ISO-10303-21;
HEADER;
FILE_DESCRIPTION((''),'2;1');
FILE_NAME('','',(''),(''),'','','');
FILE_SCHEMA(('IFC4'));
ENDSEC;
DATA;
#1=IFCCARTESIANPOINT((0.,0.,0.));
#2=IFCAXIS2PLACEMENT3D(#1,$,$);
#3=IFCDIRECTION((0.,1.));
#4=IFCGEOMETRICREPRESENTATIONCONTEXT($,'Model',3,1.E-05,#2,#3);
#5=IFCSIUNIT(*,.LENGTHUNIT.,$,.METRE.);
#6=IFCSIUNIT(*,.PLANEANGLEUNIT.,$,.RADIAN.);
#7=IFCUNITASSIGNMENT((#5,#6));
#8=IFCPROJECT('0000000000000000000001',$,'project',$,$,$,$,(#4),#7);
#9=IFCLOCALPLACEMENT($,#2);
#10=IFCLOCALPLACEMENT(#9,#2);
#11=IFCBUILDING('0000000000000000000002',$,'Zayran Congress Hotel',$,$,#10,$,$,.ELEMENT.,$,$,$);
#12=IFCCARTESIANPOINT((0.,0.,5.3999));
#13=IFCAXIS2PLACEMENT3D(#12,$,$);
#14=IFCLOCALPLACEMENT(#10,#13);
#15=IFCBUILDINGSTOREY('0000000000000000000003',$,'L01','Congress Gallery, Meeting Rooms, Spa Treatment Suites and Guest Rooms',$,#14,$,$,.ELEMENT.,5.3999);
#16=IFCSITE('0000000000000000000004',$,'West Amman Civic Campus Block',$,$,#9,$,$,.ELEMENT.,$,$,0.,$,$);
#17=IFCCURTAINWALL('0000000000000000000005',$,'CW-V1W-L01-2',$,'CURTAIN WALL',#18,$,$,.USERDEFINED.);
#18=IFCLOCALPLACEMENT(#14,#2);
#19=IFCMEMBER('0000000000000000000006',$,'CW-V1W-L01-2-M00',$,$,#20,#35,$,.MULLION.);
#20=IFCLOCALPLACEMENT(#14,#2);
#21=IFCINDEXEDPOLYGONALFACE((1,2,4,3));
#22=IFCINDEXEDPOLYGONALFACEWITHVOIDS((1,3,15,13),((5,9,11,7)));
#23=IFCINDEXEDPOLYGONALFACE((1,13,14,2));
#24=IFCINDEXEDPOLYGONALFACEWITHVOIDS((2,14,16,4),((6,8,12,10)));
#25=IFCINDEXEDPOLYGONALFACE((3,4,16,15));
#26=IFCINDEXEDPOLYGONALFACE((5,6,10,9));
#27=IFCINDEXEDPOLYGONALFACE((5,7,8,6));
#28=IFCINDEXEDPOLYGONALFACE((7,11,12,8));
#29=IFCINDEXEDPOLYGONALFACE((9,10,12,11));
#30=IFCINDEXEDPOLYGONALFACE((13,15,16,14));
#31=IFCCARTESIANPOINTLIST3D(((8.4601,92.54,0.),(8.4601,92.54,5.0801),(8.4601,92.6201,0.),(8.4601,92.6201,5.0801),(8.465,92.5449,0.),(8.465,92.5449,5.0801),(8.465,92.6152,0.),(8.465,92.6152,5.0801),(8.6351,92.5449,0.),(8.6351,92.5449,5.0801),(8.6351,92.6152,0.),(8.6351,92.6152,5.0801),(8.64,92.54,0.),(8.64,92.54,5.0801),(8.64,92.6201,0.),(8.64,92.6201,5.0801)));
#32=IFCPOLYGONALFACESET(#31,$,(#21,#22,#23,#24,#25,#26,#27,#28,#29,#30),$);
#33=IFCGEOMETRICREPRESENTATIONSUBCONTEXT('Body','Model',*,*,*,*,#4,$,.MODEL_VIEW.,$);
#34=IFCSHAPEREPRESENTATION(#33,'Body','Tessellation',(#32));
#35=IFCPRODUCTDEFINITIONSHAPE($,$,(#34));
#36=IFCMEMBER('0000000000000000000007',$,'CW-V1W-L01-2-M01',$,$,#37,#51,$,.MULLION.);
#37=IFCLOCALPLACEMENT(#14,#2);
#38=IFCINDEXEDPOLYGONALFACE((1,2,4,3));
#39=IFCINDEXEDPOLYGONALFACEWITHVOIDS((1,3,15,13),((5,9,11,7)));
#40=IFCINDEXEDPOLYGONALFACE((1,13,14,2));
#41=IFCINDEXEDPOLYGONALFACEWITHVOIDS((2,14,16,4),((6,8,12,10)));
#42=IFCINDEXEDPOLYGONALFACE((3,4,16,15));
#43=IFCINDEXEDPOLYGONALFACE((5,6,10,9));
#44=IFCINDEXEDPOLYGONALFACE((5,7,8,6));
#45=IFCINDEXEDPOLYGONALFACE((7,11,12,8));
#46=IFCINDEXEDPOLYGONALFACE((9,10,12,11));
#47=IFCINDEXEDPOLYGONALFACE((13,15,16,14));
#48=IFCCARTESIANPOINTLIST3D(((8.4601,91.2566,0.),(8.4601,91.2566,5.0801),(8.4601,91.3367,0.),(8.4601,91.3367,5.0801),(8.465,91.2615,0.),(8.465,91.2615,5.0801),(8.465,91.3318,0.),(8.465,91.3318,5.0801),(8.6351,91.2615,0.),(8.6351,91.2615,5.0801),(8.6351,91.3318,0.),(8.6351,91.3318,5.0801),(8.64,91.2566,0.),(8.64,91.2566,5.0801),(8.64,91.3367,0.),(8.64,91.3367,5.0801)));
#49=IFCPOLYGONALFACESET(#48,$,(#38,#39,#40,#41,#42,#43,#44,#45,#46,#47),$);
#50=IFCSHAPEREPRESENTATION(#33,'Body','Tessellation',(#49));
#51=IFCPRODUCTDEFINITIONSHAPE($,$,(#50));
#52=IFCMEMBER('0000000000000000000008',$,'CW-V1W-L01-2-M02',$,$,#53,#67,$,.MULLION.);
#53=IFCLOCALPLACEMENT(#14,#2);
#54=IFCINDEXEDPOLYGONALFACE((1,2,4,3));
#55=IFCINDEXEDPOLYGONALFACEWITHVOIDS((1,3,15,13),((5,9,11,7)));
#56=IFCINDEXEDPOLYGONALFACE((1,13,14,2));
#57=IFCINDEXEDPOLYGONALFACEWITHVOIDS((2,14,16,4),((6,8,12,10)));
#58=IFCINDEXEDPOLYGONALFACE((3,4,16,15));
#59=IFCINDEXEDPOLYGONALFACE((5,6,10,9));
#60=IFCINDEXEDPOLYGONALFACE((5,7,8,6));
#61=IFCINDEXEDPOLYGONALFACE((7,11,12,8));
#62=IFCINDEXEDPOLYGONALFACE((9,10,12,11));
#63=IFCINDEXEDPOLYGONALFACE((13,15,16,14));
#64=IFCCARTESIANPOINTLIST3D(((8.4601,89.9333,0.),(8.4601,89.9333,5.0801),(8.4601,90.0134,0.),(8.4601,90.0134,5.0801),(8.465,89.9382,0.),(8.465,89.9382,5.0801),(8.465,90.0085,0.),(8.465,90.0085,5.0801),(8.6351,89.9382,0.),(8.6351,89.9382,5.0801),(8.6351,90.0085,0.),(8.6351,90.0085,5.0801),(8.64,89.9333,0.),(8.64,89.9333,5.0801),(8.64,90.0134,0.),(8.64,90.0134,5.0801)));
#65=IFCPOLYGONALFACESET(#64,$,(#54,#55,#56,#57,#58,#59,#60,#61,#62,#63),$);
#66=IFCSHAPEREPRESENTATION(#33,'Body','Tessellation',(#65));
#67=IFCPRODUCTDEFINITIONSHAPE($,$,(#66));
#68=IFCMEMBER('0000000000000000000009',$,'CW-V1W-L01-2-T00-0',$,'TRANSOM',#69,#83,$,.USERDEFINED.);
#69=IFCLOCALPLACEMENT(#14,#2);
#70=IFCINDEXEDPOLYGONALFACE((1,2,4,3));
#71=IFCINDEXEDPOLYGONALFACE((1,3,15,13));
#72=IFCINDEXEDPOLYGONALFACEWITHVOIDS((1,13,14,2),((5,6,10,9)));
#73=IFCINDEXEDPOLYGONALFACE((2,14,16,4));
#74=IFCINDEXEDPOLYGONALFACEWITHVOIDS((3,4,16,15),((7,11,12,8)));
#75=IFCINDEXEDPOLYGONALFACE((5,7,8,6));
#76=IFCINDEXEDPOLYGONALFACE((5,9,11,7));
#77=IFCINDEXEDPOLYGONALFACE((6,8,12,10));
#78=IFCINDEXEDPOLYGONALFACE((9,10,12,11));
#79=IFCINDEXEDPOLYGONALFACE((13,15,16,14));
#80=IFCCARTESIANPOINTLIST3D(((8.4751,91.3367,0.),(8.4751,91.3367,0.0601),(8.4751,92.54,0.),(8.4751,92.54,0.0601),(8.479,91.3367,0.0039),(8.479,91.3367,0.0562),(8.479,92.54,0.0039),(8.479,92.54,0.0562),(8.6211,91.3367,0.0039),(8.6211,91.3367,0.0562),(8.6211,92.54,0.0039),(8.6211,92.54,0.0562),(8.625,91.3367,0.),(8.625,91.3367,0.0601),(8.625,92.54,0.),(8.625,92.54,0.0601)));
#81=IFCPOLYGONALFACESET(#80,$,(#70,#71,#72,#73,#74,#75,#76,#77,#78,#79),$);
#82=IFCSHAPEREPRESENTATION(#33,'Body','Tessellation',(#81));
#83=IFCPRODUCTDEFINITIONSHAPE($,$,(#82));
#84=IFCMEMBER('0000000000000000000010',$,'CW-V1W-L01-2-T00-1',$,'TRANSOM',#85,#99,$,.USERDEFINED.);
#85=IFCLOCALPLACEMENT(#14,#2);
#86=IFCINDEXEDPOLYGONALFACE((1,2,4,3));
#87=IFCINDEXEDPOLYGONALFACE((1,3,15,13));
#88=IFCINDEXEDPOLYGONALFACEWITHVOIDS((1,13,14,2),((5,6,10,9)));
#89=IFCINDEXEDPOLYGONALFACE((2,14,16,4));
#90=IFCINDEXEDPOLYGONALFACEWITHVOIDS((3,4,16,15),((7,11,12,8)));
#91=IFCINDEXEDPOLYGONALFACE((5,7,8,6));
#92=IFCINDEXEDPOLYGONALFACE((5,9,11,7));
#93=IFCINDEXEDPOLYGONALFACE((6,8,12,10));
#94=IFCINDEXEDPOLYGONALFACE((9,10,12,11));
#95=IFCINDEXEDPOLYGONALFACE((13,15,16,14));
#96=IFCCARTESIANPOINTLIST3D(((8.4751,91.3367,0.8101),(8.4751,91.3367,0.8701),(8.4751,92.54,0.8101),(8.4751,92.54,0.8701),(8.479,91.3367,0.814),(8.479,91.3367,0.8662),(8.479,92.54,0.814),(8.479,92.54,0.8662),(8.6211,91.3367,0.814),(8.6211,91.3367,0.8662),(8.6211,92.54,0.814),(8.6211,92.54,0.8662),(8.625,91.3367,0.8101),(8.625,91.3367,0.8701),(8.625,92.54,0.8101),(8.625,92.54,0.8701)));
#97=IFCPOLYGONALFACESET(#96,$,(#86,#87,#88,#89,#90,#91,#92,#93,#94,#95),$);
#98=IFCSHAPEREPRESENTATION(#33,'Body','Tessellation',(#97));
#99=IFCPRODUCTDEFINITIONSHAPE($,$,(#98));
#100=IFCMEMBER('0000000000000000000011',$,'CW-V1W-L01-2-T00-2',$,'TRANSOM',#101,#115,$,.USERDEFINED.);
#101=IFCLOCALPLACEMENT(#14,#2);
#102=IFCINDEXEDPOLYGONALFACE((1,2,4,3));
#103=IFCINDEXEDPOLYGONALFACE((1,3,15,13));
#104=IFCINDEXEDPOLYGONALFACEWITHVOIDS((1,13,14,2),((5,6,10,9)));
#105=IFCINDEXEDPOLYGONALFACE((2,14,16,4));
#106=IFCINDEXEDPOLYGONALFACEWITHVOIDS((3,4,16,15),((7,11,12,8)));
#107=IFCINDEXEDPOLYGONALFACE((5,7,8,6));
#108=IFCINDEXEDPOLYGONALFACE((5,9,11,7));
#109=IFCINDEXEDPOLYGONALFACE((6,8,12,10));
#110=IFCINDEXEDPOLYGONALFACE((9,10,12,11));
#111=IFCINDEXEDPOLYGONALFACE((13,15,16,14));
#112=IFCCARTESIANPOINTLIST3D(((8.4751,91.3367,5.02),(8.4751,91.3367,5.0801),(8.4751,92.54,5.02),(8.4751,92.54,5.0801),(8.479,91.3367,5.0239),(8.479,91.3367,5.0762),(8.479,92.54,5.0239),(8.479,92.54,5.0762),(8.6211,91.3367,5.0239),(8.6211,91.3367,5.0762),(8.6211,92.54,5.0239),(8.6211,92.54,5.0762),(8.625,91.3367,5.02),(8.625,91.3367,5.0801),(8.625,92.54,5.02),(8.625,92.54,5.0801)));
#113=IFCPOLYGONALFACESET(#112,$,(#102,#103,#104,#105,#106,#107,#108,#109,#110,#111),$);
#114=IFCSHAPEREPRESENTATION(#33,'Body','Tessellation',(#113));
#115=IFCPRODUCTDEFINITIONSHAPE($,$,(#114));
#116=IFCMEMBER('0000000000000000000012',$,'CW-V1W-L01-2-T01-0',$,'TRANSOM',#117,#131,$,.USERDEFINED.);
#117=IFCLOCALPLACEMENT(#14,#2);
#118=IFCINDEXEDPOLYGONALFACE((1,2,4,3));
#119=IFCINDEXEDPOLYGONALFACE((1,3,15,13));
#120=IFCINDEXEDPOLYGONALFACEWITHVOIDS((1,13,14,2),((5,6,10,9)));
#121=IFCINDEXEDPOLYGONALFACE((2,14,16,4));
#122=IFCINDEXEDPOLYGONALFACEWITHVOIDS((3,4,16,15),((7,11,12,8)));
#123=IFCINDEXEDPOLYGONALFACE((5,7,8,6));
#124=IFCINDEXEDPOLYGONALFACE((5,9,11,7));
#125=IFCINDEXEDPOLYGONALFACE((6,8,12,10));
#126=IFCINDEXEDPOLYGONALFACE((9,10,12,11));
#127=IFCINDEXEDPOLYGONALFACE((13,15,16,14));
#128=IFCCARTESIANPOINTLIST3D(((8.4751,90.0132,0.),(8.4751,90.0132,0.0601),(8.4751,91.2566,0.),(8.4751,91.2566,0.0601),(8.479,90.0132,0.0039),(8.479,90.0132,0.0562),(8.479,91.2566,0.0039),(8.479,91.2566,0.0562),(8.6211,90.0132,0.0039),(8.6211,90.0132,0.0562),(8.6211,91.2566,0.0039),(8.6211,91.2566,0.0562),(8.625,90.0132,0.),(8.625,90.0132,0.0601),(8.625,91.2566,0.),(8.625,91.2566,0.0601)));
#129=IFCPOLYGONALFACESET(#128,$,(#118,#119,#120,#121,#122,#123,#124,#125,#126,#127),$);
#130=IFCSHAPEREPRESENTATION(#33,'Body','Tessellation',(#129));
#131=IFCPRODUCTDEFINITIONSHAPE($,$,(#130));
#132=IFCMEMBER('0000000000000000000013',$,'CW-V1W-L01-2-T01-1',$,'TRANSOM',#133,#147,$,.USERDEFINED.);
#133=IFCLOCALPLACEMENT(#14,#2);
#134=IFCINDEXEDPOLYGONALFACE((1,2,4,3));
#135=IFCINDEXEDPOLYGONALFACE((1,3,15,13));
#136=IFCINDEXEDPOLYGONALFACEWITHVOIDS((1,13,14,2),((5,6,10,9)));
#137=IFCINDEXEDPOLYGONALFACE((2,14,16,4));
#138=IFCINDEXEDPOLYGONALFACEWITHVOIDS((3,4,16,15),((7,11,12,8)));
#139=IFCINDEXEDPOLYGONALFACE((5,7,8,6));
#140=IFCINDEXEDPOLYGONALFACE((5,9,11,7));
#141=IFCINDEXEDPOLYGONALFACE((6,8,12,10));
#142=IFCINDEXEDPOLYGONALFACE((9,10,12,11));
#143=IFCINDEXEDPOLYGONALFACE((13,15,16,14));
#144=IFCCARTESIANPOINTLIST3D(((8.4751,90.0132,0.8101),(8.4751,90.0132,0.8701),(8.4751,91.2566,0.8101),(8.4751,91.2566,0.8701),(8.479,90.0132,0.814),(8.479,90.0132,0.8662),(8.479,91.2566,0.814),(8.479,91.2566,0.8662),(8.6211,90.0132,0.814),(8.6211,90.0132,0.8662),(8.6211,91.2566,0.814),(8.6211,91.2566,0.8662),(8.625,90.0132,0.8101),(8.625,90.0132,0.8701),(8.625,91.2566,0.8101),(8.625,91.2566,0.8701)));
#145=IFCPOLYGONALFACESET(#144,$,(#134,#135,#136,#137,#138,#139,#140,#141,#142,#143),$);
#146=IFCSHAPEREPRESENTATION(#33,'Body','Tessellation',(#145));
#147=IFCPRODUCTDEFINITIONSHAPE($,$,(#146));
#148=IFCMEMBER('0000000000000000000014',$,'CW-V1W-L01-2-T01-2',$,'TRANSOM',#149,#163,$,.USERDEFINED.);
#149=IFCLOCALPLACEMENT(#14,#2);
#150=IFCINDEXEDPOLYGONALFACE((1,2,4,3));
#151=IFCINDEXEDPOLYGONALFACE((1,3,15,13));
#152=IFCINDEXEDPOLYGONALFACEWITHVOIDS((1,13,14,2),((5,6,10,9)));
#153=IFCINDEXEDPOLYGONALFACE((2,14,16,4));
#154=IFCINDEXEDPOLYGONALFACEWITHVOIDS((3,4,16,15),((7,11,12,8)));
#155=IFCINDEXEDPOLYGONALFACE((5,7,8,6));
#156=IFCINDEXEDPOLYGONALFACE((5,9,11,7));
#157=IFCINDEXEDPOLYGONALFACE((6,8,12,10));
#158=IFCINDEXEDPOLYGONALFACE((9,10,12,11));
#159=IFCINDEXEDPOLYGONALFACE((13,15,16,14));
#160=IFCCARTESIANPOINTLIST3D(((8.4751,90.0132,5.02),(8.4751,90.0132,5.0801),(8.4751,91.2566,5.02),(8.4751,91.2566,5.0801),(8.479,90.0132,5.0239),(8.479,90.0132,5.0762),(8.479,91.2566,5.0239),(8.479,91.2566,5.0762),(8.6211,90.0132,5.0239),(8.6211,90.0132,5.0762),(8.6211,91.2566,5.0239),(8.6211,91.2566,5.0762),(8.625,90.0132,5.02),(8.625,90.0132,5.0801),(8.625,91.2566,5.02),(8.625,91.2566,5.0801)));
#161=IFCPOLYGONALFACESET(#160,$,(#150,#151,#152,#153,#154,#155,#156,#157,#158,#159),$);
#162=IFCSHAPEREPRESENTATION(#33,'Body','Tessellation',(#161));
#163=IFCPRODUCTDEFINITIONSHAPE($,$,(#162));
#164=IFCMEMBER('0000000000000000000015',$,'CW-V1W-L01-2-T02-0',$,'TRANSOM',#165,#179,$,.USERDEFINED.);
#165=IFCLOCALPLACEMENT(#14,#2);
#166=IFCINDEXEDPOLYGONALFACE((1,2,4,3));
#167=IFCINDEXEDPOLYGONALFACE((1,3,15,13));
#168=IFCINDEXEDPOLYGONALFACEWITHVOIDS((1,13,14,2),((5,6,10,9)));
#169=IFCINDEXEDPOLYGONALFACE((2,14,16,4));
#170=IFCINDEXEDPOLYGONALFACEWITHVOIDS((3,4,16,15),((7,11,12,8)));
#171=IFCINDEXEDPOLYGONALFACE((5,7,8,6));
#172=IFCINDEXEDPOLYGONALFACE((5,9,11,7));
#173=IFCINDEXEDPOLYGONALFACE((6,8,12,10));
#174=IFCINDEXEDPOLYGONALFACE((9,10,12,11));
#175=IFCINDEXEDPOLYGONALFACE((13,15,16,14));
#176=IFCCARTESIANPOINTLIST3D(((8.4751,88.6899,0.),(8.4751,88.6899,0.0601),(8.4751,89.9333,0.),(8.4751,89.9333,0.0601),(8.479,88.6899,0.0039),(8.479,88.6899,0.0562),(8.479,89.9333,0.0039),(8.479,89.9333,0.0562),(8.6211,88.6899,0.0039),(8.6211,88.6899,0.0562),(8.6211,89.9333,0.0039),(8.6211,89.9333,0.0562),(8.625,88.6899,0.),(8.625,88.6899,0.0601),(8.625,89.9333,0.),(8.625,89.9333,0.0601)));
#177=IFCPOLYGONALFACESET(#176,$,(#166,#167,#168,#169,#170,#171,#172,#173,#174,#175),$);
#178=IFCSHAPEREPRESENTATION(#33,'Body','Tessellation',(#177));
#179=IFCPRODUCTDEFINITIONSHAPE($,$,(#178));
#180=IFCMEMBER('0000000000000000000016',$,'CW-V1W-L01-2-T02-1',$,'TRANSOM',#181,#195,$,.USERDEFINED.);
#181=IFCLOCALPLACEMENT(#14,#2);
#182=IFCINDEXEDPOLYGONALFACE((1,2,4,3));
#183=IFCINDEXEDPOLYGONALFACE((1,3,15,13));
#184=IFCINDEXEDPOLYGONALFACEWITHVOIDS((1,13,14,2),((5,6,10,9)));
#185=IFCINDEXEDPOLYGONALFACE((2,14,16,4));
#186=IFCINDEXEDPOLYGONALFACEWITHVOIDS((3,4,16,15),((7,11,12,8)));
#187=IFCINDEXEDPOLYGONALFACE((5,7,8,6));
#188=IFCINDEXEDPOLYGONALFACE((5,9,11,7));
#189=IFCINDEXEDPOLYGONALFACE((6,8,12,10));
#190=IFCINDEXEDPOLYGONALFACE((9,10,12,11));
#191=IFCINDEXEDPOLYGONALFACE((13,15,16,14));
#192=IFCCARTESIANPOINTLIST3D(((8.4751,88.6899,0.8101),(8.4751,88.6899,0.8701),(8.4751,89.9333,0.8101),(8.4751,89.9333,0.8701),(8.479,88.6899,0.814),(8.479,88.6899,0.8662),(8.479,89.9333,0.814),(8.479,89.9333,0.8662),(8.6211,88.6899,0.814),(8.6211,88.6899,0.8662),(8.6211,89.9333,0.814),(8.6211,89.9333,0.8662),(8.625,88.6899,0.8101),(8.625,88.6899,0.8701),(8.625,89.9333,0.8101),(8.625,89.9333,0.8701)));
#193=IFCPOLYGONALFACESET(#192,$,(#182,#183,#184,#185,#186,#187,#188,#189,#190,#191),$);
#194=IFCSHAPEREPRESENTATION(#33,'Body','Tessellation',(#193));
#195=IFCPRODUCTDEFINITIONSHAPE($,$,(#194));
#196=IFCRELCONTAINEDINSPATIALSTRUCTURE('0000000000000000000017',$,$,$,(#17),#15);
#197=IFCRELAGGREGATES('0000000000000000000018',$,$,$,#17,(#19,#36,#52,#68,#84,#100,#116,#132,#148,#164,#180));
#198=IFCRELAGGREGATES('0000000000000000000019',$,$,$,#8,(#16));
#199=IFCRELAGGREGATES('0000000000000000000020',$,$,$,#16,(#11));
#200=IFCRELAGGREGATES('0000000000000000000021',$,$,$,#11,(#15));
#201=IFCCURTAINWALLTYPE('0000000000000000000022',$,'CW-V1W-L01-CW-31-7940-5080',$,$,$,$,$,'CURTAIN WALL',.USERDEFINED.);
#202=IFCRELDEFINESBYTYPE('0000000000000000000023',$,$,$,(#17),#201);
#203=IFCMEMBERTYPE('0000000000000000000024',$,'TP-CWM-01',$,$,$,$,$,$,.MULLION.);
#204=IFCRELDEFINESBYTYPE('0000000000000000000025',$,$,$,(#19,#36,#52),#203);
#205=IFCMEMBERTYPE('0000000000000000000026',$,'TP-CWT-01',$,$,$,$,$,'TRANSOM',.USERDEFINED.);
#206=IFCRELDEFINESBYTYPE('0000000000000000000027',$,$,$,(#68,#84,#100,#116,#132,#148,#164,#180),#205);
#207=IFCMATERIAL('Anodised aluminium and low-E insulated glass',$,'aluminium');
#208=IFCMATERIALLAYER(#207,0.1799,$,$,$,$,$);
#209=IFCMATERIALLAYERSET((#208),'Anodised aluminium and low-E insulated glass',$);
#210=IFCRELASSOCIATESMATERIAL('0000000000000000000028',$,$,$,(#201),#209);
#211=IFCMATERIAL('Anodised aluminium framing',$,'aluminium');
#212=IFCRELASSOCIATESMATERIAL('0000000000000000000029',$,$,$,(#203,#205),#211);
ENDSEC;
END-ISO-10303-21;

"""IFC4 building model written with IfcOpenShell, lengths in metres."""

from ifc_helpers import new_model, si_unit, direction, frame, origin, origin_2d, place, context, subcontext, project, spatial, hollow_rectangle, extrude, material, layer, layer_set, material_profile, profile_set, type_object, element, aggregate, save


model = new_model("IFC4")

# Units and contexts
model_context = context("Model", 3, precision=1e-05, world=origin(), true_north=direction((0.0, 1.0)))
body_context = subcontext(model_context, "Body", "Model", "MODEL_VIEW")
ifc_project = project(units=[si_unit("LENGTHUNIT", "METRE"), si_unit("PLANEANGLEUNIT", "RADIAN")], contexts=[model_context])

# Site, building, storey
site_placement = place(None, origin())
site = spatial("IfcSite", under=ifc_project, at=site_placement, Name="West Amman Civic Campus Block", CompositionType="ELEMENT", RefElevation=0.0)
building_placement = place(site_placement, origin())
building = spatial("IfcBuilding", under=site, at=building_placement, Name="Zayran Congress Hotel", CompositionType="ELEMENT")
storey_placement = place(building_placement, frame((0.0, 0.0, 5.3999)))
storey = spatial("IfcBuildingStorey", under=building, at=storey_placement, Name="L01", Description="Congress Gallery, Meeting Rooms, Spa Treatment Suites and Guest Rooms", CompositionType="ELEMENT", Elevation=5.3999)

# Curtain wall, members
ifc_material_1 = material(Name="Anodised aluminium and low-E insulated glass", Category="aluminium")
ifc_layer_1 = layer(ifc_material_1, 0.1799)
ifc_layer_set_1 = layer_set([ifc_layer_1], Name="Anodised aluminium and low-E insulated glass")
curtain_wall_type_1 = type_object("IfcCurtainWallType", Name="CW-V1W-L01-CW-31-7940-5080", ElementType="CURTAIN WALL", PredefinedType="USERDEFINED", material=ifc_layer_set_1)
curtain_wall_1_placement = place(storey_placement, origin())
curtain_wall_1 = element("IfcCurtainWall", 1, at=curtain_wall_1_placement, inside=storey, type_object=curtain_wall_type_1, Name="CW-V1W-L01-2", ObjectType="CURTAIN WALL", PredefinedType="USERDEFINED")
ifc_material_2 = material(Name="Anodised aluminium framing", Category="aluminium")
ifc_material_profile_1 = material_profile(ifc_material_2, hollow_rectangle(XDim=0.0801, YDim=0.1799, WallThickness=0.0049, at=origin_2d()), Name="RHS 180x80x5")
ifc_profile_set_1 = profile_set([ifc_material_profile_1], Name="Anodised aluminium framing")
member_type_1 = type_object("IfcMemberType", Name="TP-CWM-01", PredefinedType="MULLION", material=ifc_profile_set_1)
member_1_placement = place(storey_placement, frame((8.55, 92.5801, 0.0), z_axis=(0.0, 0.0, 1.0), x_axis=(0.0, 1.0, 0.0)))
member_1 = element("IfcMember", 2, at=member_1_placement, type_object=member_type_1, Name="CW-V1W-L01-2-M00", PredefinedType="MULLION", context=body_context, shape_type="SweptSolid", body=[
    extrude(hollow_rectangle(XDim=0.0801, YDim=0.1799, WallThickness=0.0049, at=origin_2d()), origin(), (0.0, 0.0, 1.0), 5.0801),
])
member_2_placement = place(storey_placement, frame((8.55, 91.2966, 0.0), z_axis=(0.0, 0.0, 1.0), x_axis=(0.0, 1.0, 0.0)))
member_2 = element("IfcMember", 3, at=member_2_placement, type_object=member_type_1, Name="CW-V1W-L01-2-M01", PredefinedType="MULLION", context=body_context, shape_type="SweptSolid", body=[
    extrude(hollow_rectangle(XDim=0.0801, YDim=0.1799, WallThickness=0.0049, at=origin_2d()), origin(), (0.0, 0.0, 1.0), 5.0801),
])
member_3_placement = place(storey_placement, frame((8.55, 89.9734, 0.0), z_axis=(0.0, 0.0, 1.0), x_axis=(0.0, 1.0, 0.0)))
member_3 = element("IfcMember", 4, at=member_3_placement, type_object=member_type_1, Name="CW-V1W-L01-2-M02", PredefinedType="MULLION", context=body_context, shape_type="SweptSolid", body=[
    extrude(hollow_rectangle(XDim=0.0801, YDim=0.1799, WallThickness=0.0049, at=origin_2d()), origin(), (0.0, 0.0, 1.0), 5.0801),
])
ifc_material_profile_2 = material_profile(ifc_material_2, hollow_rectangle(XDim=0.0601, YDim=0.1499, WallThickness=0.0039, at=origin_2d()), Name="RHS 150x60x4")
ifc_profile_set_2 = profile_set([ifc_material_profile_2], Name="Anodised aluminium framing")
member_type_2 = type_object("IfcMemberType", Name="TP-CWT-01", ElementType="TRANSOM", PredefinedType="USERDEFINED", material=ifc_profile_set_2)
member_4_placement = place(storey_placement, frame((8.55, 92.54, 0.03), z_axis=(0.0, -1.0, 0.0), x_axis=(0.0, 0.0, 1.0)))
member_4 = element("IfcMember", 5, at=member_4_placement, type_object=member_type_2, Name="CW-V1W-L01-2-T00-0", ObjectType="TRANSOM", PredefinedType="USERDEFINED", context=body_context, shape_type="SweptSolid", body=[
    extrude(hollow_rectangle(XDim=0.0601, YDim=0.1499, WallThickness=0.0039, at=origin_2d()), origin(), (0.0, 0.0, 1.0), 1.2034),
])
member_5_placement = place(storey_placement, frame((8.55, 92.54, 0.8401), z_axis=(0.0, -1.0, 0.0), x_axis=(0.0, 0.0, 1.0)))
member_5 = element("IfcMember", 6, at=member_5_placement, type_object=member_type_2, Name="CW-V1W-L01-2-T00-1", ObjectType="TRANSOM", PredefinedType="USERDEFINED", context=body_context, shape_type="SweptSolid", body=[
    extrude(hollow_rectangle(XDim=0.0601, YDim=0.1499, WallThickness=0.0039, at=origin_2d()), origin(), (0.0, 0.0, 1.0), 1.2034),
])
member_6_placement = place(storey_placement, frame((8.55, 92.54, 5.05), z_axis=(0.0, -1.0, 0.0), x_axis=(0.0, 0.0, 1.0)))
member_6 = element("IfcMember", 7, at=member_6_placement, type_object=member_type_2, Name="CW-V1W-L01-2-T00-2", ObjectType="TRANSOM", PredefinedType="USERDEFINED", context=body_context, shape_type="SweptSolid", body=[
    extrude(hollow_rectangle(XDim=0.0601, YDim=0.1499, WallThickness=0.0039, at=origin_2d()), origin(), (0.0, 0.0, 1.0), 1.2034),
])
member_7_placement = place(storey_placement, frame((8.55, 91.2566, 0.03), z_axis=(0.0, -1.0, 0.0), x_axis=(0.0, 0.0, 1.0)))
member_7 = element("IfcMember", 8, at=member_7_placement, type_object=member_type_2, Name="CW-V1W-L01-2-T01-0", ObjectType="TRANSOM", PredefinedType="USERDEFINED", context=body_context, shape_type="SweptSolid", body=[
    extrude(hollow_rectangle(XDim=0.0601, YDim=0.1499, WallThickness=0.0039, at=origin_2d()), origin(), (0.0, 0.0, 1.0), 1.2434),
])
member_8_placement = place(storey_placement, frame((8.55, 91.2566, 0.8401), z_axis=(0.0, -1.0, 0.0), x_axis=(0.0, 0.0, 1.0)))
member_8 = element("IfcMember", 9, at=member_8_placement, type_object=member_type_2, Name="CW-V1W-L01-2-T01-1", ObjectType="TRANSOM", PredefinedType="USERDEFINED", context=body_context, shape_type="SweptSolid", body=[
    extrude(hollow_rectangle(XDim=0.0601, YDim=0.1499, WallThickness=0.0039, at=origin_2d()), origin(), (0.0, 0.0, 1.0), 1.2434),
])
member_9_placement = place(storey_placement, frame((8.55, 91.2566, 5.05), z_axis=(0.0, -1.0, 0.0), x_axis=(0.0, 0.0, 1.0)))
member_9 = element("IfcMember", 10, at=member_9_placement, type_object=member_type_2, Name="CW-V1W-L01-2-T01-2", ObjectType="TRANSOM", PredefinedType="USERDEFINED", context=body_context, shape_type="SweptSolid", body=[
    extrude(hollow_rectangle(XDim=0.0601, YDim=0.1499, WallThickness=0.0039, at=origin_2d()), origin(), (0.0, 0.0, 1.0), 1.2434),
])
member_10_placement = place(storey_placement, frame((8.55, 89.9333, 0.03), z_axis=(0.0, -1.0, 0.0), x_axis=(0.0, 0.0, 1.0)))
member_10 = element("IfcMember", 11, at=member_10_placement, type_object=member_type_2, Name="CW-V1W-L01-2-T02-0", ObjectType="TRANSOM", PredefinedType="USERDEFINED", context=body_context, shape_type="SweptSolid", body=[
    extrude(hollow_rectangle(XDim=0.0601, YDim=0.1499, WallThickness=0.0039, at=origin_2d()), origin(), (0.0, 0.0, 1.0), 1.2434),
])
member_11_placement = place(storey_placement, frame((8.55, 89.9333, 0.8401), z_axis=(0.0, -1.0, 0.0), x_axis=(0.0, 0.0, 1.0)))
member_11 = element("IfcMember", 12, at=member_11_placement, type_object=member_type_2, Name="CW-V1W-L01-2-T02-1", ObjectType="TRANSOM", PredefinedType="USERDEFINED", context=body_context, shape_type="SweptSolid", body=[
    extrude(hollow_rectangle(XDim=0.0601, YDim=0.1499, WallThickness=0.0039, at=origin_2d()), origin(), (0.0, 0.0, 1.0), 1.2434),
])

aggregate(curtain_wall_1, [member_1, member_2, member_3, member_4, member_5, member_6, member_7, member_8, member_9, member_10, member_11])

save(model, "model.ifc")
